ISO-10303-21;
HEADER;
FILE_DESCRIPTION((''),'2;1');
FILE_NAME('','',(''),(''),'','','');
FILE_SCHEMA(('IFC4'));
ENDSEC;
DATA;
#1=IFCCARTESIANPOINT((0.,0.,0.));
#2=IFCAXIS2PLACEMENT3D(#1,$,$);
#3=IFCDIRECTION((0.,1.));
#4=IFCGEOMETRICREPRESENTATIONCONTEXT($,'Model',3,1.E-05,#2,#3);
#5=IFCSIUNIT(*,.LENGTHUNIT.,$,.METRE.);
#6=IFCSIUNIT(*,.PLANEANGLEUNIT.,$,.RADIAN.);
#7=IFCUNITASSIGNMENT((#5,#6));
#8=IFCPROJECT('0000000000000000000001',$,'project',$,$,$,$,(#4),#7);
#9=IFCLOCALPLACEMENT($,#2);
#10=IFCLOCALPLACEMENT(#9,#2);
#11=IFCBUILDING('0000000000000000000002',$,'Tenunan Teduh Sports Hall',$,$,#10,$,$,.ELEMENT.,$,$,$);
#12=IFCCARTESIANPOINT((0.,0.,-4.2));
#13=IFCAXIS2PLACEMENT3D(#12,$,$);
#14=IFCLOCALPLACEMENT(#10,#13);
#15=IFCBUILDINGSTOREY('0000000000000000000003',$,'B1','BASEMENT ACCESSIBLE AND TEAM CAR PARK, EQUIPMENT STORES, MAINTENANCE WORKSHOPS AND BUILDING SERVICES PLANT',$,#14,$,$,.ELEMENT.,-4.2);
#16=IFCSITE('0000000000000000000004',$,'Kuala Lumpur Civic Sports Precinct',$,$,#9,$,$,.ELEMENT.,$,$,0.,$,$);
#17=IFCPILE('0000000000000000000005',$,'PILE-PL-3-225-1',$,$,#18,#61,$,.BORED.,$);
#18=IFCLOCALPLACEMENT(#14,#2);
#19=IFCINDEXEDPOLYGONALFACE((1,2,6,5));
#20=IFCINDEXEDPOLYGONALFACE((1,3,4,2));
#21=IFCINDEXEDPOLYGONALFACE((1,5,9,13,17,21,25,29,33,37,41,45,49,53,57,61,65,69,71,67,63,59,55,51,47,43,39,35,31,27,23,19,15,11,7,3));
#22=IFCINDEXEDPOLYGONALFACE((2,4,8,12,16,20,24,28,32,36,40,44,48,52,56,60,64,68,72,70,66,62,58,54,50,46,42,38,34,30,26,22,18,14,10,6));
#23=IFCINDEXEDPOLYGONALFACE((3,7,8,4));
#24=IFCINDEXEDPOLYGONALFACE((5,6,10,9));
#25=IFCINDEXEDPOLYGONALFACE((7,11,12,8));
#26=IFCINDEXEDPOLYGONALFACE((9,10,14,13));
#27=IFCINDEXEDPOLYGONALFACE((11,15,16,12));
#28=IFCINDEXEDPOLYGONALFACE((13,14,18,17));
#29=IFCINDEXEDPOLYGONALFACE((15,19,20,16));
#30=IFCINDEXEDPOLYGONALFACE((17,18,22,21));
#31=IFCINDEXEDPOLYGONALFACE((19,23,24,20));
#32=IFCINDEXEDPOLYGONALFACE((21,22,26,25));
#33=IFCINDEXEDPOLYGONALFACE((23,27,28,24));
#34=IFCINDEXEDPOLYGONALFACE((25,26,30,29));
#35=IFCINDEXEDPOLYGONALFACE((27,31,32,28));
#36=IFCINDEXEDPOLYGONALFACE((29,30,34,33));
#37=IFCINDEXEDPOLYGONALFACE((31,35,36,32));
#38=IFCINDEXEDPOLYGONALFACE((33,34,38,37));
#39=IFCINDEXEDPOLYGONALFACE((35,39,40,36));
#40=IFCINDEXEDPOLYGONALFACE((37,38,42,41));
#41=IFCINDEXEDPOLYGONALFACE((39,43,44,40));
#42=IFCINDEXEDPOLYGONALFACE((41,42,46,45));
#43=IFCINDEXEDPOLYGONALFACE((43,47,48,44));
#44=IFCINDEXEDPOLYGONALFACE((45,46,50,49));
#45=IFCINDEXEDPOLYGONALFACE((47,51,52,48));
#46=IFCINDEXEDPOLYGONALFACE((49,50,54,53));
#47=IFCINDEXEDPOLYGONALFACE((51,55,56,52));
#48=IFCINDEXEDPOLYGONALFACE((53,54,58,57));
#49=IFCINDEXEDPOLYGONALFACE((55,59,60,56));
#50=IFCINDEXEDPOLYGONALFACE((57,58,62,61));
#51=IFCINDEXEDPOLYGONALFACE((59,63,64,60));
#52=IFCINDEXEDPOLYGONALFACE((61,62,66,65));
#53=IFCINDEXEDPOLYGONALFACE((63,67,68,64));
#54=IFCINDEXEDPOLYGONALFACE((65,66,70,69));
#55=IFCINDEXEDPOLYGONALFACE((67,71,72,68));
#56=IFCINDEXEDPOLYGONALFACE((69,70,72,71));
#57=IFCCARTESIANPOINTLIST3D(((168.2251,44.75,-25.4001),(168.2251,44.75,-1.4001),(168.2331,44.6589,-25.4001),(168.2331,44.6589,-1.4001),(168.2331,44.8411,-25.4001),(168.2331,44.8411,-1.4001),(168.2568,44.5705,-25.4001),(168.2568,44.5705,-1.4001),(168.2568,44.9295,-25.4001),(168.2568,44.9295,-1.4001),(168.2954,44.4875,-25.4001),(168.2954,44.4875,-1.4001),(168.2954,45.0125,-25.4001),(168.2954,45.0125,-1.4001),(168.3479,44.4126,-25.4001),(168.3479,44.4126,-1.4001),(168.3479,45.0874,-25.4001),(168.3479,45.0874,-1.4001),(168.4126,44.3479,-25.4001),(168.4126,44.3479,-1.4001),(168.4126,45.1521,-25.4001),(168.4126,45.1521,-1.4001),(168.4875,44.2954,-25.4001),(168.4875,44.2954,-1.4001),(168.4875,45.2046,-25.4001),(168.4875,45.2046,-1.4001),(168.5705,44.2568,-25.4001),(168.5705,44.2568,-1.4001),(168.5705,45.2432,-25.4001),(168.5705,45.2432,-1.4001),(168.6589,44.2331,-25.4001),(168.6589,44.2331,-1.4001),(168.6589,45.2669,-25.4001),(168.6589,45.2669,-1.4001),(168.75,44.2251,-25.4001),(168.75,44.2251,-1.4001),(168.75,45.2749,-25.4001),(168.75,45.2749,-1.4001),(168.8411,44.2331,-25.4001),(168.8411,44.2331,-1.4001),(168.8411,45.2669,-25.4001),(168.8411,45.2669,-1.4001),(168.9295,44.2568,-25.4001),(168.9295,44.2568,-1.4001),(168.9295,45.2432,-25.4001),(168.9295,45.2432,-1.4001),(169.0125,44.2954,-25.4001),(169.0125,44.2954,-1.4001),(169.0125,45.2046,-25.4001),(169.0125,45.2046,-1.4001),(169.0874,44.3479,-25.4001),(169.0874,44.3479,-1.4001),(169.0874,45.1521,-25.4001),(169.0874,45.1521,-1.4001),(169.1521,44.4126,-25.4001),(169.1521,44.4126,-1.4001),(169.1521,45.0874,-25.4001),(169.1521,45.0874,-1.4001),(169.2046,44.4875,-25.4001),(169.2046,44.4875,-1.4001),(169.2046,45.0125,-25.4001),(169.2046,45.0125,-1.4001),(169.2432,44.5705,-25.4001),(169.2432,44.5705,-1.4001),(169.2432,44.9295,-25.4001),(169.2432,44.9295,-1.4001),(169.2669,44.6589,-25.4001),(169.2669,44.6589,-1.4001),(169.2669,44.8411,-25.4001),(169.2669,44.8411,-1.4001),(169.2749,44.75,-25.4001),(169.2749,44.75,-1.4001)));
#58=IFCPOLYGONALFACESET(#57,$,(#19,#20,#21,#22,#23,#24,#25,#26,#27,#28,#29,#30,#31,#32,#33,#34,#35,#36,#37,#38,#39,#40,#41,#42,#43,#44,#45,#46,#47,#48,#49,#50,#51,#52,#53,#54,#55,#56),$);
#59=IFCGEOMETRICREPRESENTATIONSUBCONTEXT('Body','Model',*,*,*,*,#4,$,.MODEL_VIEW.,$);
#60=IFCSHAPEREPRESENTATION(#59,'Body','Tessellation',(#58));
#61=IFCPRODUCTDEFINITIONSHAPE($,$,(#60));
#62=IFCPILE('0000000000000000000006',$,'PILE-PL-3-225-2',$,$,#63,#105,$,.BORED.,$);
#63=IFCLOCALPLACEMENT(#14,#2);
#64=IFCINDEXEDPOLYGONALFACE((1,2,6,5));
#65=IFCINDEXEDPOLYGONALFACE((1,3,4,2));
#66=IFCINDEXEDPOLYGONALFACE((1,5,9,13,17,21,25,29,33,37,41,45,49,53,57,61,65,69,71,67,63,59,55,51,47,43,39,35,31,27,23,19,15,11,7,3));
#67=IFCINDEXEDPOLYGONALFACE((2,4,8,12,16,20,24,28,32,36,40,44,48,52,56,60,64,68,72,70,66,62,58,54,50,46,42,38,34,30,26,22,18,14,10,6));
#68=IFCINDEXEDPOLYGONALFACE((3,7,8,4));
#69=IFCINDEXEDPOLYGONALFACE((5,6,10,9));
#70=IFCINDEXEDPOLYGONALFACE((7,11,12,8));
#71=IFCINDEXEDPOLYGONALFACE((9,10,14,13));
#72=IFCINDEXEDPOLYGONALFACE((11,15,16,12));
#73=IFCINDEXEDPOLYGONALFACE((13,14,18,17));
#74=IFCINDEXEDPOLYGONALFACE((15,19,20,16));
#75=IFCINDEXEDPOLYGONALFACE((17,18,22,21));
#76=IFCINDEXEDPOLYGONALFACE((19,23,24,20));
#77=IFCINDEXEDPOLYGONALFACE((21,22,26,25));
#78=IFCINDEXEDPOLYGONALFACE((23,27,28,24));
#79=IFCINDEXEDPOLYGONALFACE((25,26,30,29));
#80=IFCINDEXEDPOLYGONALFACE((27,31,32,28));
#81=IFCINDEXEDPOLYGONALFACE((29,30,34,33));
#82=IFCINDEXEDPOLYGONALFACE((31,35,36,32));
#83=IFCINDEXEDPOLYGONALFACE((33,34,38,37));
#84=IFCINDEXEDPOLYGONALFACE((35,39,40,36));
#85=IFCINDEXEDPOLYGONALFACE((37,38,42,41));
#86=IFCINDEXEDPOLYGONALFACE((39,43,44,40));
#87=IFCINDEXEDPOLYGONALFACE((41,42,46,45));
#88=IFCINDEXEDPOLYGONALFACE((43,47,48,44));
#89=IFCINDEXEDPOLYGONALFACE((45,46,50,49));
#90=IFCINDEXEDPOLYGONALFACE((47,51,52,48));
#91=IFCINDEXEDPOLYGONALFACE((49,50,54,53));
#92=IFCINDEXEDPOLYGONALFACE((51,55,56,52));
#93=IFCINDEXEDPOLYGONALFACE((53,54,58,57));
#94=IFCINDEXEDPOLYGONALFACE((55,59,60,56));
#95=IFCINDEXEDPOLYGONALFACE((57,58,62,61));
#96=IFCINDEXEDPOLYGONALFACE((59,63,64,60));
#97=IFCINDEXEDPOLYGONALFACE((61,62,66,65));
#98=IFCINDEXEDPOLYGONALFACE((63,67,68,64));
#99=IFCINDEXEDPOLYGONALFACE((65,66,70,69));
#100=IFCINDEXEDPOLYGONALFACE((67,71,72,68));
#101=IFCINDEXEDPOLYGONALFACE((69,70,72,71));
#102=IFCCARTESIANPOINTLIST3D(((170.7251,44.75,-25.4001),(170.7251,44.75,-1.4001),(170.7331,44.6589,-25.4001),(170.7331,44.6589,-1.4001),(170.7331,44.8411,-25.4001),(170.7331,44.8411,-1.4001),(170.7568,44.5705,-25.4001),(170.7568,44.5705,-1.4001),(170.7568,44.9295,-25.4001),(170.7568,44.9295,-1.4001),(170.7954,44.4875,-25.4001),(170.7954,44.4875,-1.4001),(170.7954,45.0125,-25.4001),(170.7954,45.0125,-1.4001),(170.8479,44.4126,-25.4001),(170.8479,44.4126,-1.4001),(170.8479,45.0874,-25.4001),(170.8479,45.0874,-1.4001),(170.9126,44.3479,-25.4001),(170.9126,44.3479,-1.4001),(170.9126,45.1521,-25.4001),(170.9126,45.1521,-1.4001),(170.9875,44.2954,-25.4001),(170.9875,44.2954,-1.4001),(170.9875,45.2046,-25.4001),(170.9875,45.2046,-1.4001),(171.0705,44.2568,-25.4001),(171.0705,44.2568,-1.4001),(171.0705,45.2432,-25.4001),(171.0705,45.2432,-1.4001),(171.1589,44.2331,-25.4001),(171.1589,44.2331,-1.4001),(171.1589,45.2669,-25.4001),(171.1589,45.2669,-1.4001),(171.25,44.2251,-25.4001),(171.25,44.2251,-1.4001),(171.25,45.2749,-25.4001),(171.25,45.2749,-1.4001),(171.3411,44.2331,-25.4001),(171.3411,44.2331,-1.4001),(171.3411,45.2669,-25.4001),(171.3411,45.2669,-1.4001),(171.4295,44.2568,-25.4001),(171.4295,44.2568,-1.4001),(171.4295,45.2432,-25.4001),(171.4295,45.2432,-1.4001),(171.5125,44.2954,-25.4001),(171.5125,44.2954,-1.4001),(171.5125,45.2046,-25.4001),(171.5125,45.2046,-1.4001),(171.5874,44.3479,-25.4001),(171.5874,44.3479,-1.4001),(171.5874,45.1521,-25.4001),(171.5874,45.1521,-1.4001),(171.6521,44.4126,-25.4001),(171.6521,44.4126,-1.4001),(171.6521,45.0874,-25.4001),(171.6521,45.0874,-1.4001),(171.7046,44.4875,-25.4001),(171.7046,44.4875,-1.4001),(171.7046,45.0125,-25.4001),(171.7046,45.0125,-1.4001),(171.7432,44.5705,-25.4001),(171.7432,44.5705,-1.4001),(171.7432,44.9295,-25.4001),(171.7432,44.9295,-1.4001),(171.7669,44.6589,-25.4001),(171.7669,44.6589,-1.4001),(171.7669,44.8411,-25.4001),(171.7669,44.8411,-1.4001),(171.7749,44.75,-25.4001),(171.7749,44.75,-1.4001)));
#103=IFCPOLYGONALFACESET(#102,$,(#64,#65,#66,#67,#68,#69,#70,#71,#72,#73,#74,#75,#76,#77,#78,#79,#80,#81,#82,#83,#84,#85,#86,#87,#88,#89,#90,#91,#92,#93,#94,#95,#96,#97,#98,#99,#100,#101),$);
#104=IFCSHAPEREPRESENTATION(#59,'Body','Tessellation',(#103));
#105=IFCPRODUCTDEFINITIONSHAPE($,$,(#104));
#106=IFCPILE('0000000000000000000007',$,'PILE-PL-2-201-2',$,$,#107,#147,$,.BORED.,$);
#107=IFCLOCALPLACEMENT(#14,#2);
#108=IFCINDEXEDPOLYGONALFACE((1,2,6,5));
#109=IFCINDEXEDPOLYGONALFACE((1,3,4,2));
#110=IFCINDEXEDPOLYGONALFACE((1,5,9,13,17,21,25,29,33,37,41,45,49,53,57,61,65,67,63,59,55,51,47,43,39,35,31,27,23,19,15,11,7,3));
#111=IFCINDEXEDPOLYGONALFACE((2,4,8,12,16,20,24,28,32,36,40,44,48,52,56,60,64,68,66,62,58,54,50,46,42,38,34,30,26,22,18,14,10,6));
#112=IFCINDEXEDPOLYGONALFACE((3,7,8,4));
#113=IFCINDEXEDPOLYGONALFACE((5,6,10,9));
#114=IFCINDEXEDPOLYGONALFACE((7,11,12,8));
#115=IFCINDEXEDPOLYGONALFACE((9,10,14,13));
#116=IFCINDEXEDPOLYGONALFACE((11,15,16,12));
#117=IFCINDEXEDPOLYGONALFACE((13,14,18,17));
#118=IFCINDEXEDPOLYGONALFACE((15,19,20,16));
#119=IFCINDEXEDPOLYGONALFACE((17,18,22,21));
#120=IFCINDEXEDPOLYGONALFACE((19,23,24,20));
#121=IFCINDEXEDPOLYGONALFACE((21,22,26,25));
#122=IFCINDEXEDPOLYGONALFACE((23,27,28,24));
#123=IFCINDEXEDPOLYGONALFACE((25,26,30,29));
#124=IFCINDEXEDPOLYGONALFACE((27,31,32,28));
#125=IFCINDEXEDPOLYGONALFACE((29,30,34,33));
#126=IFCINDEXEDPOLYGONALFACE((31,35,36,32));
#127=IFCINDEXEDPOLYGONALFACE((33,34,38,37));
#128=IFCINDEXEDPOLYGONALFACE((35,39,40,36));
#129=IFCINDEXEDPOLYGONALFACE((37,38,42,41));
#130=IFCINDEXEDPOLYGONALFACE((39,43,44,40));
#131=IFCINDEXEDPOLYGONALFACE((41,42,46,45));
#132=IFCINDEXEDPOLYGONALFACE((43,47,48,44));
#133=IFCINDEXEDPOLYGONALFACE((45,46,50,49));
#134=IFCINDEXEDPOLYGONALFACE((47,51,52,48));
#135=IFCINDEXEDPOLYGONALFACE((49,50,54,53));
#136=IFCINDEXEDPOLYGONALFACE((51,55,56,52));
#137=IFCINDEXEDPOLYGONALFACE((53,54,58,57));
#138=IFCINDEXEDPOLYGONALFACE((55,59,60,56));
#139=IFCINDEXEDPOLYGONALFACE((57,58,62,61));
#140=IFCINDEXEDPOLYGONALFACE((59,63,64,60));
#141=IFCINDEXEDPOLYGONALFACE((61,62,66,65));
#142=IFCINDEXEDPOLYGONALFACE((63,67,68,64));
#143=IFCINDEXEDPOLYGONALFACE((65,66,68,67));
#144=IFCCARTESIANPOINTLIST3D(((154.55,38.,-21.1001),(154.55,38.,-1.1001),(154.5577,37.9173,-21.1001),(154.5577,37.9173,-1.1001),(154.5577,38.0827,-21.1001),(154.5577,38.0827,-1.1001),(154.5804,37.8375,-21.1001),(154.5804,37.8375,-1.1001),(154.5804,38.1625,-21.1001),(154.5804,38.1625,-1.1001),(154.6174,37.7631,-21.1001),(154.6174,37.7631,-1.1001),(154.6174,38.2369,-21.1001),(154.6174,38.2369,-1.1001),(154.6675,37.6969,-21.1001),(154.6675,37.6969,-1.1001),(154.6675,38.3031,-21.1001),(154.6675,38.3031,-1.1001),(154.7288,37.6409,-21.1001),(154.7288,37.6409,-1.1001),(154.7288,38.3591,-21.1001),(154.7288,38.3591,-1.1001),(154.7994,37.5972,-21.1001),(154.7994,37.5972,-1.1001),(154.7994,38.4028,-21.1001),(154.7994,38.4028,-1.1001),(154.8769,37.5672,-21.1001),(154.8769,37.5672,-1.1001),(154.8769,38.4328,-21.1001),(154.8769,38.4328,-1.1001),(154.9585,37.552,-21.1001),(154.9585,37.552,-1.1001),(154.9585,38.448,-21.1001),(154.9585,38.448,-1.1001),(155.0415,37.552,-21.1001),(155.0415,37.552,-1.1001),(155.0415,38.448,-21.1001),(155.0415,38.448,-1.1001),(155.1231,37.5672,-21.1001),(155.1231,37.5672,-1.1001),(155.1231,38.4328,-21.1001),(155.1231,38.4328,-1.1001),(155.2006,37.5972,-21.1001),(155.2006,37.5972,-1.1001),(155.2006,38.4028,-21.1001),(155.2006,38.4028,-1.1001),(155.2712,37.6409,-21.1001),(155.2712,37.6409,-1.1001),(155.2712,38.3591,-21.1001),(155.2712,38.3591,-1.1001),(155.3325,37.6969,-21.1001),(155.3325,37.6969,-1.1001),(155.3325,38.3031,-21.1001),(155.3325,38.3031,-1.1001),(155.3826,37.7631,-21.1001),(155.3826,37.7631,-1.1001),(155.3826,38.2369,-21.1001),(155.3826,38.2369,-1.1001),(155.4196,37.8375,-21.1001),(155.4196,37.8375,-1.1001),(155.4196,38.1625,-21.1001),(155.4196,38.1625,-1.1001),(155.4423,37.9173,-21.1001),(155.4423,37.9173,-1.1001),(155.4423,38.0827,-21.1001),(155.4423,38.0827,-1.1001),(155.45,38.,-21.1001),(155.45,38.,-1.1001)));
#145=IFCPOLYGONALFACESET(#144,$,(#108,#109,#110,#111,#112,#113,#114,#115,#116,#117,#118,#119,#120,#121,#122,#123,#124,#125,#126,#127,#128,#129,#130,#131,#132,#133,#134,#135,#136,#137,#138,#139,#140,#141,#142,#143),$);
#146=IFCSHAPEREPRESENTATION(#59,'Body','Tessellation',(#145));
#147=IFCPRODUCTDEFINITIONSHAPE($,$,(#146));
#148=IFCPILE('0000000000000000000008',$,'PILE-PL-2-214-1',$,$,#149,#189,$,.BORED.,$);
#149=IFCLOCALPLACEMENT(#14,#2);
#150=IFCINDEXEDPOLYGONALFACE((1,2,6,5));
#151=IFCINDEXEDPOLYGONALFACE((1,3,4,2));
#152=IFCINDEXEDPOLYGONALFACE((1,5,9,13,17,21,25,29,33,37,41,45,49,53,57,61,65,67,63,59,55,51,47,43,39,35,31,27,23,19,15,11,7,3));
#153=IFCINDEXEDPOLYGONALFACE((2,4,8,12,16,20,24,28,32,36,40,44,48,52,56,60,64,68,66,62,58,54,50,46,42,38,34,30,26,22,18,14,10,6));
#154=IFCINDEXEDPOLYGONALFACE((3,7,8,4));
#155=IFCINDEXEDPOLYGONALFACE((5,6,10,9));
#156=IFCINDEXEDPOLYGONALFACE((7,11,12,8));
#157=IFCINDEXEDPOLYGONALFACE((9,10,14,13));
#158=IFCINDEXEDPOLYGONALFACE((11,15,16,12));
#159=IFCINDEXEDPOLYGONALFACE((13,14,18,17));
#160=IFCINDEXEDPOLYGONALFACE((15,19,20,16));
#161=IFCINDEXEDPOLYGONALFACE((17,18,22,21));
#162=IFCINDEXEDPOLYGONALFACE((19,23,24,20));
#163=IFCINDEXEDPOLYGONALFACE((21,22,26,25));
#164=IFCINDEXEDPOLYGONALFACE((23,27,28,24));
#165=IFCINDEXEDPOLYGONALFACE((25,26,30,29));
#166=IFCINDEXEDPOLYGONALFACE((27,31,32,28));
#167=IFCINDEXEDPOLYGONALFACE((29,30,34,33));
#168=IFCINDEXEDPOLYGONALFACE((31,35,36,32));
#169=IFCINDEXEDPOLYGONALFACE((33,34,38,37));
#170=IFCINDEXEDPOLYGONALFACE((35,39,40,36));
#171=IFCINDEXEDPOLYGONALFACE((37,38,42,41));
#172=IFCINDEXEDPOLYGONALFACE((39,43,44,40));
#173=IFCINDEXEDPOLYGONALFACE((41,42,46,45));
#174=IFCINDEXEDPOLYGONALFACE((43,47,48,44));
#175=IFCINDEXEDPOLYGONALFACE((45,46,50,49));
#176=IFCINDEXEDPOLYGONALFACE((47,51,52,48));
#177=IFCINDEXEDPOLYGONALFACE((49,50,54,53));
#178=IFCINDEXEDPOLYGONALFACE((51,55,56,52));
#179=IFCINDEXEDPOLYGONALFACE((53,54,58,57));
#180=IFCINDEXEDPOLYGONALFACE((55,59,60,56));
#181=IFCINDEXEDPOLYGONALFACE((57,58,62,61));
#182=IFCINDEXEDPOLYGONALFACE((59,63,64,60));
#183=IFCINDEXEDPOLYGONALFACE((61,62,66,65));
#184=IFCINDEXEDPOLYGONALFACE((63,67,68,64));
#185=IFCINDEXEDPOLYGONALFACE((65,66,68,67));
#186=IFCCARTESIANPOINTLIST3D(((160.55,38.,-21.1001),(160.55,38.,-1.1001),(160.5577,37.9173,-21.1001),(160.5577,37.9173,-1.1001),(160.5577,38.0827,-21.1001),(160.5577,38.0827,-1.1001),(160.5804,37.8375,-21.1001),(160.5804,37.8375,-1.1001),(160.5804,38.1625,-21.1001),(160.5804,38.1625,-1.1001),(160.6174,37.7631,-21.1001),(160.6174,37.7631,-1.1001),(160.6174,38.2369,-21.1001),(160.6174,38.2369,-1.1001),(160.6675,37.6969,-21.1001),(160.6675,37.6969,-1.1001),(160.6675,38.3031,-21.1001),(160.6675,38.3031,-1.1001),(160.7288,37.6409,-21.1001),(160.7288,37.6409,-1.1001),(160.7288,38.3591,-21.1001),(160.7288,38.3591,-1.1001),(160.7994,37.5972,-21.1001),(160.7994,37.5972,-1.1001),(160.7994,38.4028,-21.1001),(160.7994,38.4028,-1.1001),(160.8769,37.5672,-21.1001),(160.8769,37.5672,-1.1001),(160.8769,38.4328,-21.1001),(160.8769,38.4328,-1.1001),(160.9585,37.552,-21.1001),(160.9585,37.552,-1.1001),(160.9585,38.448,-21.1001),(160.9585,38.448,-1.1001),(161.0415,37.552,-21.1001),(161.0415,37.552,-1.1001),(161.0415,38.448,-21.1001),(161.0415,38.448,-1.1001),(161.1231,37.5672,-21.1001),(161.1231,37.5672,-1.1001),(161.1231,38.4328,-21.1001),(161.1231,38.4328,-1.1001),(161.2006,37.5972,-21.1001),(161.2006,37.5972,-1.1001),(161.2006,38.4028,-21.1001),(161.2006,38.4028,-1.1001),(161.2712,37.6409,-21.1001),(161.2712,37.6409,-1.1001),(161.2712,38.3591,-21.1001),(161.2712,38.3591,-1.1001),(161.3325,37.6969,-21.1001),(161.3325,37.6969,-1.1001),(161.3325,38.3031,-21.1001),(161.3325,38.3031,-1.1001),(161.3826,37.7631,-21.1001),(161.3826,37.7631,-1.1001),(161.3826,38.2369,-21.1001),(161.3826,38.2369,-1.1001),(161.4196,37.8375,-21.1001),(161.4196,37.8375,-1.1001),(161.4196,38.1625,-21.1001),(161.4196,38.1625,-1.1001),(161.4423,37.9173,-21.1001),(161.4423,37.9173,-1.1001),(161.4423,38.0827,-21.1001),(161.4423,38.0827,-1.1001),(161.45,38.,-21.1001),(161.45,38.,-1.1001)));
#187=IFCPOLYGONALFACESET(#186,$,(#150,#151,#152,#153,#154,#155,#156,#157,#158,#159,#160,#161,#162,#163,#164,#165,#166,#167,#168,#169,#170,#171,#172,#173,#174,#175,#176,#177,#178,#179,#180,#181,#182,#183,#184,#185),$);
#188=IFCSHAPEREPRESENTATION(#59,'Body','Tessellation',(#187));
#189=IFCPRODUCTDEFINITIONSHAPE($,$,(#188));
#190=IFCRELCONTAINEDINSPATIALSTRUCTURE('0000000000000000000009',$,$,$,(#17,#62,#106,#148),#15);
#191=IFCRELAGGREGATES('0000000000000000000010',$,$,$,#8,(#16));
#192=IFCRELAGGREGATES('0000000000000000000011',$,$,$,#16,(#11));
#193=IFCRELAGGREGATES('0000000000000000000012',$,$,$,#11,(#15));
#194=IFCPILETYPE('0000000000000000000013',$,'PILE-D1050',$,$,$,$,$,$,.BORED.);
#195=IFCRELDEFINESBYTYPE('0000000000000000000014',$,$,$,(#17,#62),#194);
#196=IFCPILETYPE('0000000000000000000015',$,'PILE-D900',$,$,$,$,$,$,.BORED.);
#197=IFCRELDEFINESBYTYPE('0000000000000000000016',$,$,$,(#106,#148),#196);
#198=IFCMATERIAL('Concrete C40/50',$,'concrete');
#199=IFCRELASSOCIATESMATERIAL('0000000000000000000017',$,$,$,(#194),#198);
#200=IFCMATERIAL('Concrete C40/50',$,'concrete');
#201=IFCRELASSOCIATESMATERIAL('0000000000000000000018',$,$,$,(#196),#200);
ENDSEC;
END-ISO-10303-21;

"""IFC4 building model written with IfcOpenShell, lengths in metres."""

from ifc_helpers import new_model, si_unit, direction, frame, origin, origin_2d, place, context, subcontext, project, spatial, circle, extrude, material, material_profile, profile_set, type_object, element, save


model = new_model("IFC4")

# Units and contexts
model_context = context("Model", 3, precision=1e-05, world=origin(), true_north=direction((0.0, 1.0)))
body_context = subcontext(model_context, "Body", "Model", "MODEL_VIEW")
ifc_project = project(units=[si_unit("LENGTHUNIT", "METRE"), si_unit("PLANEANGLEUNIT", "RADIAN")], contexts=[model_context])

# Site, building, storey
site_placement = place(None, origin())
site = spatial("IfcSite", under=ifc_project, at=site_placement, Name="Kuala Lumpur Civic Sports Precinct", CompositionType="ELEMENT", RefElevation=0.0)
building_placement = place(site_placement, origin())
building = spatial("IfcBuilding", under=site, at=building_placement, Name="Tenunan Teduh Sports Hall", CompositionType="ELEMENT")
storey_placement = place(building_placement, frame((0.0, 0.0, -4.2)))
storey = spatial("IfcBuildingStorey", under=building, at=storey_placement, Name="B1", Description="BASEMENT ACCESSIBLE AND TEAM CAR PARK, EQUIPMENT STORES, MAINTENANCE WORKSHOPS AND BUILDING SERVICES PLANT", CompositionType="ELEMENT", Elevation=-4.2)

# Piles
ifc_material_1 = material(Name="Concrete C40/50", Category="concrete")
ifc_material_profile_1 = material_profile(ifc_material_1, circle(Radius=0.5249, at=origin_2d()), Name="PILE D1050")
ifc_profile_set_1 = profile_set([ifc_material_profile_1], Name="Concrete C40/50")
pile_type_1 = type_object("IfcPileType", Name="PILE-D1050", PredefinedType="BORED", material=ifc_profile_set_1)
for number, where, z_axis, x_axis, name in (
    (1, (168.75, 44.75, -1.4001), (0.0, 0.0, -1.0), (1.0, 0.0, 0.0), "PILE-PL-3-225-1"),
    (2, (171.25, 44.75, -1.4001), (0.0, 0.0, -1.0), (1.0, 0.0, 0.0), "PILE-PL-3-225-2"),
):
    element("IfcPile", number, at=place(storey_placement, frame(where, z_axis=z_axis, x_axis=x_axis)), inside=storey, type_object=pile_type_1, Name=name, PredefinedType="BORED", context=body_context, shape_type="SweptSolid", body=[
        extrude(circle(Radius=0.5249, at=origin_2d()), origin(), (0.0, 0.0, 1.0), 24.0),
    ])
ifc_material_2 = material(Name="Concrete C40/50", Category="concrete")
ifc_material_profile_2 = material_profile(ifc_material_2, circle(Radius=0.45, at=origin_2d()), Name="PILE D900")
ifc_profile_set_2 = profile_set([ifc_material_profile_2], Name="Concrete C40/50")
pile_type_2 = type_object("IfcPileType", Name="PILE-D900", PredefinedType="BORED", material=ifc_profile_set_2)
for number, where, z_axis, x_axis, name in (
    (3, (155.0, 38.0, -1.1001), (0.0, 0.0, -1.0), (1.0, 0.0, 0.0), "PILE-PL-2-201-2"),
    (4, (161.0, 38.0, -1.1001), (0.0, 0.0, -1.0), (1.0, 0.0, 0.0), "PILE-PL-2-214-1"),
):
    element("IfcPile", number, at=place(storey_placement, frame(where, z_axis=z_axis, x_axis=x_axis)), inside=storey, type_object=pile_type_2, Name=name, PredefinedType="BORED", context=body_context, shape_type="SweptSolid", body=[
        extrude(circle(Radius=0.45, at=origin_2d()), origin(), (0.0, 0.0, 1.0), 20.0),
    ])

save(model, "model.ifc")
